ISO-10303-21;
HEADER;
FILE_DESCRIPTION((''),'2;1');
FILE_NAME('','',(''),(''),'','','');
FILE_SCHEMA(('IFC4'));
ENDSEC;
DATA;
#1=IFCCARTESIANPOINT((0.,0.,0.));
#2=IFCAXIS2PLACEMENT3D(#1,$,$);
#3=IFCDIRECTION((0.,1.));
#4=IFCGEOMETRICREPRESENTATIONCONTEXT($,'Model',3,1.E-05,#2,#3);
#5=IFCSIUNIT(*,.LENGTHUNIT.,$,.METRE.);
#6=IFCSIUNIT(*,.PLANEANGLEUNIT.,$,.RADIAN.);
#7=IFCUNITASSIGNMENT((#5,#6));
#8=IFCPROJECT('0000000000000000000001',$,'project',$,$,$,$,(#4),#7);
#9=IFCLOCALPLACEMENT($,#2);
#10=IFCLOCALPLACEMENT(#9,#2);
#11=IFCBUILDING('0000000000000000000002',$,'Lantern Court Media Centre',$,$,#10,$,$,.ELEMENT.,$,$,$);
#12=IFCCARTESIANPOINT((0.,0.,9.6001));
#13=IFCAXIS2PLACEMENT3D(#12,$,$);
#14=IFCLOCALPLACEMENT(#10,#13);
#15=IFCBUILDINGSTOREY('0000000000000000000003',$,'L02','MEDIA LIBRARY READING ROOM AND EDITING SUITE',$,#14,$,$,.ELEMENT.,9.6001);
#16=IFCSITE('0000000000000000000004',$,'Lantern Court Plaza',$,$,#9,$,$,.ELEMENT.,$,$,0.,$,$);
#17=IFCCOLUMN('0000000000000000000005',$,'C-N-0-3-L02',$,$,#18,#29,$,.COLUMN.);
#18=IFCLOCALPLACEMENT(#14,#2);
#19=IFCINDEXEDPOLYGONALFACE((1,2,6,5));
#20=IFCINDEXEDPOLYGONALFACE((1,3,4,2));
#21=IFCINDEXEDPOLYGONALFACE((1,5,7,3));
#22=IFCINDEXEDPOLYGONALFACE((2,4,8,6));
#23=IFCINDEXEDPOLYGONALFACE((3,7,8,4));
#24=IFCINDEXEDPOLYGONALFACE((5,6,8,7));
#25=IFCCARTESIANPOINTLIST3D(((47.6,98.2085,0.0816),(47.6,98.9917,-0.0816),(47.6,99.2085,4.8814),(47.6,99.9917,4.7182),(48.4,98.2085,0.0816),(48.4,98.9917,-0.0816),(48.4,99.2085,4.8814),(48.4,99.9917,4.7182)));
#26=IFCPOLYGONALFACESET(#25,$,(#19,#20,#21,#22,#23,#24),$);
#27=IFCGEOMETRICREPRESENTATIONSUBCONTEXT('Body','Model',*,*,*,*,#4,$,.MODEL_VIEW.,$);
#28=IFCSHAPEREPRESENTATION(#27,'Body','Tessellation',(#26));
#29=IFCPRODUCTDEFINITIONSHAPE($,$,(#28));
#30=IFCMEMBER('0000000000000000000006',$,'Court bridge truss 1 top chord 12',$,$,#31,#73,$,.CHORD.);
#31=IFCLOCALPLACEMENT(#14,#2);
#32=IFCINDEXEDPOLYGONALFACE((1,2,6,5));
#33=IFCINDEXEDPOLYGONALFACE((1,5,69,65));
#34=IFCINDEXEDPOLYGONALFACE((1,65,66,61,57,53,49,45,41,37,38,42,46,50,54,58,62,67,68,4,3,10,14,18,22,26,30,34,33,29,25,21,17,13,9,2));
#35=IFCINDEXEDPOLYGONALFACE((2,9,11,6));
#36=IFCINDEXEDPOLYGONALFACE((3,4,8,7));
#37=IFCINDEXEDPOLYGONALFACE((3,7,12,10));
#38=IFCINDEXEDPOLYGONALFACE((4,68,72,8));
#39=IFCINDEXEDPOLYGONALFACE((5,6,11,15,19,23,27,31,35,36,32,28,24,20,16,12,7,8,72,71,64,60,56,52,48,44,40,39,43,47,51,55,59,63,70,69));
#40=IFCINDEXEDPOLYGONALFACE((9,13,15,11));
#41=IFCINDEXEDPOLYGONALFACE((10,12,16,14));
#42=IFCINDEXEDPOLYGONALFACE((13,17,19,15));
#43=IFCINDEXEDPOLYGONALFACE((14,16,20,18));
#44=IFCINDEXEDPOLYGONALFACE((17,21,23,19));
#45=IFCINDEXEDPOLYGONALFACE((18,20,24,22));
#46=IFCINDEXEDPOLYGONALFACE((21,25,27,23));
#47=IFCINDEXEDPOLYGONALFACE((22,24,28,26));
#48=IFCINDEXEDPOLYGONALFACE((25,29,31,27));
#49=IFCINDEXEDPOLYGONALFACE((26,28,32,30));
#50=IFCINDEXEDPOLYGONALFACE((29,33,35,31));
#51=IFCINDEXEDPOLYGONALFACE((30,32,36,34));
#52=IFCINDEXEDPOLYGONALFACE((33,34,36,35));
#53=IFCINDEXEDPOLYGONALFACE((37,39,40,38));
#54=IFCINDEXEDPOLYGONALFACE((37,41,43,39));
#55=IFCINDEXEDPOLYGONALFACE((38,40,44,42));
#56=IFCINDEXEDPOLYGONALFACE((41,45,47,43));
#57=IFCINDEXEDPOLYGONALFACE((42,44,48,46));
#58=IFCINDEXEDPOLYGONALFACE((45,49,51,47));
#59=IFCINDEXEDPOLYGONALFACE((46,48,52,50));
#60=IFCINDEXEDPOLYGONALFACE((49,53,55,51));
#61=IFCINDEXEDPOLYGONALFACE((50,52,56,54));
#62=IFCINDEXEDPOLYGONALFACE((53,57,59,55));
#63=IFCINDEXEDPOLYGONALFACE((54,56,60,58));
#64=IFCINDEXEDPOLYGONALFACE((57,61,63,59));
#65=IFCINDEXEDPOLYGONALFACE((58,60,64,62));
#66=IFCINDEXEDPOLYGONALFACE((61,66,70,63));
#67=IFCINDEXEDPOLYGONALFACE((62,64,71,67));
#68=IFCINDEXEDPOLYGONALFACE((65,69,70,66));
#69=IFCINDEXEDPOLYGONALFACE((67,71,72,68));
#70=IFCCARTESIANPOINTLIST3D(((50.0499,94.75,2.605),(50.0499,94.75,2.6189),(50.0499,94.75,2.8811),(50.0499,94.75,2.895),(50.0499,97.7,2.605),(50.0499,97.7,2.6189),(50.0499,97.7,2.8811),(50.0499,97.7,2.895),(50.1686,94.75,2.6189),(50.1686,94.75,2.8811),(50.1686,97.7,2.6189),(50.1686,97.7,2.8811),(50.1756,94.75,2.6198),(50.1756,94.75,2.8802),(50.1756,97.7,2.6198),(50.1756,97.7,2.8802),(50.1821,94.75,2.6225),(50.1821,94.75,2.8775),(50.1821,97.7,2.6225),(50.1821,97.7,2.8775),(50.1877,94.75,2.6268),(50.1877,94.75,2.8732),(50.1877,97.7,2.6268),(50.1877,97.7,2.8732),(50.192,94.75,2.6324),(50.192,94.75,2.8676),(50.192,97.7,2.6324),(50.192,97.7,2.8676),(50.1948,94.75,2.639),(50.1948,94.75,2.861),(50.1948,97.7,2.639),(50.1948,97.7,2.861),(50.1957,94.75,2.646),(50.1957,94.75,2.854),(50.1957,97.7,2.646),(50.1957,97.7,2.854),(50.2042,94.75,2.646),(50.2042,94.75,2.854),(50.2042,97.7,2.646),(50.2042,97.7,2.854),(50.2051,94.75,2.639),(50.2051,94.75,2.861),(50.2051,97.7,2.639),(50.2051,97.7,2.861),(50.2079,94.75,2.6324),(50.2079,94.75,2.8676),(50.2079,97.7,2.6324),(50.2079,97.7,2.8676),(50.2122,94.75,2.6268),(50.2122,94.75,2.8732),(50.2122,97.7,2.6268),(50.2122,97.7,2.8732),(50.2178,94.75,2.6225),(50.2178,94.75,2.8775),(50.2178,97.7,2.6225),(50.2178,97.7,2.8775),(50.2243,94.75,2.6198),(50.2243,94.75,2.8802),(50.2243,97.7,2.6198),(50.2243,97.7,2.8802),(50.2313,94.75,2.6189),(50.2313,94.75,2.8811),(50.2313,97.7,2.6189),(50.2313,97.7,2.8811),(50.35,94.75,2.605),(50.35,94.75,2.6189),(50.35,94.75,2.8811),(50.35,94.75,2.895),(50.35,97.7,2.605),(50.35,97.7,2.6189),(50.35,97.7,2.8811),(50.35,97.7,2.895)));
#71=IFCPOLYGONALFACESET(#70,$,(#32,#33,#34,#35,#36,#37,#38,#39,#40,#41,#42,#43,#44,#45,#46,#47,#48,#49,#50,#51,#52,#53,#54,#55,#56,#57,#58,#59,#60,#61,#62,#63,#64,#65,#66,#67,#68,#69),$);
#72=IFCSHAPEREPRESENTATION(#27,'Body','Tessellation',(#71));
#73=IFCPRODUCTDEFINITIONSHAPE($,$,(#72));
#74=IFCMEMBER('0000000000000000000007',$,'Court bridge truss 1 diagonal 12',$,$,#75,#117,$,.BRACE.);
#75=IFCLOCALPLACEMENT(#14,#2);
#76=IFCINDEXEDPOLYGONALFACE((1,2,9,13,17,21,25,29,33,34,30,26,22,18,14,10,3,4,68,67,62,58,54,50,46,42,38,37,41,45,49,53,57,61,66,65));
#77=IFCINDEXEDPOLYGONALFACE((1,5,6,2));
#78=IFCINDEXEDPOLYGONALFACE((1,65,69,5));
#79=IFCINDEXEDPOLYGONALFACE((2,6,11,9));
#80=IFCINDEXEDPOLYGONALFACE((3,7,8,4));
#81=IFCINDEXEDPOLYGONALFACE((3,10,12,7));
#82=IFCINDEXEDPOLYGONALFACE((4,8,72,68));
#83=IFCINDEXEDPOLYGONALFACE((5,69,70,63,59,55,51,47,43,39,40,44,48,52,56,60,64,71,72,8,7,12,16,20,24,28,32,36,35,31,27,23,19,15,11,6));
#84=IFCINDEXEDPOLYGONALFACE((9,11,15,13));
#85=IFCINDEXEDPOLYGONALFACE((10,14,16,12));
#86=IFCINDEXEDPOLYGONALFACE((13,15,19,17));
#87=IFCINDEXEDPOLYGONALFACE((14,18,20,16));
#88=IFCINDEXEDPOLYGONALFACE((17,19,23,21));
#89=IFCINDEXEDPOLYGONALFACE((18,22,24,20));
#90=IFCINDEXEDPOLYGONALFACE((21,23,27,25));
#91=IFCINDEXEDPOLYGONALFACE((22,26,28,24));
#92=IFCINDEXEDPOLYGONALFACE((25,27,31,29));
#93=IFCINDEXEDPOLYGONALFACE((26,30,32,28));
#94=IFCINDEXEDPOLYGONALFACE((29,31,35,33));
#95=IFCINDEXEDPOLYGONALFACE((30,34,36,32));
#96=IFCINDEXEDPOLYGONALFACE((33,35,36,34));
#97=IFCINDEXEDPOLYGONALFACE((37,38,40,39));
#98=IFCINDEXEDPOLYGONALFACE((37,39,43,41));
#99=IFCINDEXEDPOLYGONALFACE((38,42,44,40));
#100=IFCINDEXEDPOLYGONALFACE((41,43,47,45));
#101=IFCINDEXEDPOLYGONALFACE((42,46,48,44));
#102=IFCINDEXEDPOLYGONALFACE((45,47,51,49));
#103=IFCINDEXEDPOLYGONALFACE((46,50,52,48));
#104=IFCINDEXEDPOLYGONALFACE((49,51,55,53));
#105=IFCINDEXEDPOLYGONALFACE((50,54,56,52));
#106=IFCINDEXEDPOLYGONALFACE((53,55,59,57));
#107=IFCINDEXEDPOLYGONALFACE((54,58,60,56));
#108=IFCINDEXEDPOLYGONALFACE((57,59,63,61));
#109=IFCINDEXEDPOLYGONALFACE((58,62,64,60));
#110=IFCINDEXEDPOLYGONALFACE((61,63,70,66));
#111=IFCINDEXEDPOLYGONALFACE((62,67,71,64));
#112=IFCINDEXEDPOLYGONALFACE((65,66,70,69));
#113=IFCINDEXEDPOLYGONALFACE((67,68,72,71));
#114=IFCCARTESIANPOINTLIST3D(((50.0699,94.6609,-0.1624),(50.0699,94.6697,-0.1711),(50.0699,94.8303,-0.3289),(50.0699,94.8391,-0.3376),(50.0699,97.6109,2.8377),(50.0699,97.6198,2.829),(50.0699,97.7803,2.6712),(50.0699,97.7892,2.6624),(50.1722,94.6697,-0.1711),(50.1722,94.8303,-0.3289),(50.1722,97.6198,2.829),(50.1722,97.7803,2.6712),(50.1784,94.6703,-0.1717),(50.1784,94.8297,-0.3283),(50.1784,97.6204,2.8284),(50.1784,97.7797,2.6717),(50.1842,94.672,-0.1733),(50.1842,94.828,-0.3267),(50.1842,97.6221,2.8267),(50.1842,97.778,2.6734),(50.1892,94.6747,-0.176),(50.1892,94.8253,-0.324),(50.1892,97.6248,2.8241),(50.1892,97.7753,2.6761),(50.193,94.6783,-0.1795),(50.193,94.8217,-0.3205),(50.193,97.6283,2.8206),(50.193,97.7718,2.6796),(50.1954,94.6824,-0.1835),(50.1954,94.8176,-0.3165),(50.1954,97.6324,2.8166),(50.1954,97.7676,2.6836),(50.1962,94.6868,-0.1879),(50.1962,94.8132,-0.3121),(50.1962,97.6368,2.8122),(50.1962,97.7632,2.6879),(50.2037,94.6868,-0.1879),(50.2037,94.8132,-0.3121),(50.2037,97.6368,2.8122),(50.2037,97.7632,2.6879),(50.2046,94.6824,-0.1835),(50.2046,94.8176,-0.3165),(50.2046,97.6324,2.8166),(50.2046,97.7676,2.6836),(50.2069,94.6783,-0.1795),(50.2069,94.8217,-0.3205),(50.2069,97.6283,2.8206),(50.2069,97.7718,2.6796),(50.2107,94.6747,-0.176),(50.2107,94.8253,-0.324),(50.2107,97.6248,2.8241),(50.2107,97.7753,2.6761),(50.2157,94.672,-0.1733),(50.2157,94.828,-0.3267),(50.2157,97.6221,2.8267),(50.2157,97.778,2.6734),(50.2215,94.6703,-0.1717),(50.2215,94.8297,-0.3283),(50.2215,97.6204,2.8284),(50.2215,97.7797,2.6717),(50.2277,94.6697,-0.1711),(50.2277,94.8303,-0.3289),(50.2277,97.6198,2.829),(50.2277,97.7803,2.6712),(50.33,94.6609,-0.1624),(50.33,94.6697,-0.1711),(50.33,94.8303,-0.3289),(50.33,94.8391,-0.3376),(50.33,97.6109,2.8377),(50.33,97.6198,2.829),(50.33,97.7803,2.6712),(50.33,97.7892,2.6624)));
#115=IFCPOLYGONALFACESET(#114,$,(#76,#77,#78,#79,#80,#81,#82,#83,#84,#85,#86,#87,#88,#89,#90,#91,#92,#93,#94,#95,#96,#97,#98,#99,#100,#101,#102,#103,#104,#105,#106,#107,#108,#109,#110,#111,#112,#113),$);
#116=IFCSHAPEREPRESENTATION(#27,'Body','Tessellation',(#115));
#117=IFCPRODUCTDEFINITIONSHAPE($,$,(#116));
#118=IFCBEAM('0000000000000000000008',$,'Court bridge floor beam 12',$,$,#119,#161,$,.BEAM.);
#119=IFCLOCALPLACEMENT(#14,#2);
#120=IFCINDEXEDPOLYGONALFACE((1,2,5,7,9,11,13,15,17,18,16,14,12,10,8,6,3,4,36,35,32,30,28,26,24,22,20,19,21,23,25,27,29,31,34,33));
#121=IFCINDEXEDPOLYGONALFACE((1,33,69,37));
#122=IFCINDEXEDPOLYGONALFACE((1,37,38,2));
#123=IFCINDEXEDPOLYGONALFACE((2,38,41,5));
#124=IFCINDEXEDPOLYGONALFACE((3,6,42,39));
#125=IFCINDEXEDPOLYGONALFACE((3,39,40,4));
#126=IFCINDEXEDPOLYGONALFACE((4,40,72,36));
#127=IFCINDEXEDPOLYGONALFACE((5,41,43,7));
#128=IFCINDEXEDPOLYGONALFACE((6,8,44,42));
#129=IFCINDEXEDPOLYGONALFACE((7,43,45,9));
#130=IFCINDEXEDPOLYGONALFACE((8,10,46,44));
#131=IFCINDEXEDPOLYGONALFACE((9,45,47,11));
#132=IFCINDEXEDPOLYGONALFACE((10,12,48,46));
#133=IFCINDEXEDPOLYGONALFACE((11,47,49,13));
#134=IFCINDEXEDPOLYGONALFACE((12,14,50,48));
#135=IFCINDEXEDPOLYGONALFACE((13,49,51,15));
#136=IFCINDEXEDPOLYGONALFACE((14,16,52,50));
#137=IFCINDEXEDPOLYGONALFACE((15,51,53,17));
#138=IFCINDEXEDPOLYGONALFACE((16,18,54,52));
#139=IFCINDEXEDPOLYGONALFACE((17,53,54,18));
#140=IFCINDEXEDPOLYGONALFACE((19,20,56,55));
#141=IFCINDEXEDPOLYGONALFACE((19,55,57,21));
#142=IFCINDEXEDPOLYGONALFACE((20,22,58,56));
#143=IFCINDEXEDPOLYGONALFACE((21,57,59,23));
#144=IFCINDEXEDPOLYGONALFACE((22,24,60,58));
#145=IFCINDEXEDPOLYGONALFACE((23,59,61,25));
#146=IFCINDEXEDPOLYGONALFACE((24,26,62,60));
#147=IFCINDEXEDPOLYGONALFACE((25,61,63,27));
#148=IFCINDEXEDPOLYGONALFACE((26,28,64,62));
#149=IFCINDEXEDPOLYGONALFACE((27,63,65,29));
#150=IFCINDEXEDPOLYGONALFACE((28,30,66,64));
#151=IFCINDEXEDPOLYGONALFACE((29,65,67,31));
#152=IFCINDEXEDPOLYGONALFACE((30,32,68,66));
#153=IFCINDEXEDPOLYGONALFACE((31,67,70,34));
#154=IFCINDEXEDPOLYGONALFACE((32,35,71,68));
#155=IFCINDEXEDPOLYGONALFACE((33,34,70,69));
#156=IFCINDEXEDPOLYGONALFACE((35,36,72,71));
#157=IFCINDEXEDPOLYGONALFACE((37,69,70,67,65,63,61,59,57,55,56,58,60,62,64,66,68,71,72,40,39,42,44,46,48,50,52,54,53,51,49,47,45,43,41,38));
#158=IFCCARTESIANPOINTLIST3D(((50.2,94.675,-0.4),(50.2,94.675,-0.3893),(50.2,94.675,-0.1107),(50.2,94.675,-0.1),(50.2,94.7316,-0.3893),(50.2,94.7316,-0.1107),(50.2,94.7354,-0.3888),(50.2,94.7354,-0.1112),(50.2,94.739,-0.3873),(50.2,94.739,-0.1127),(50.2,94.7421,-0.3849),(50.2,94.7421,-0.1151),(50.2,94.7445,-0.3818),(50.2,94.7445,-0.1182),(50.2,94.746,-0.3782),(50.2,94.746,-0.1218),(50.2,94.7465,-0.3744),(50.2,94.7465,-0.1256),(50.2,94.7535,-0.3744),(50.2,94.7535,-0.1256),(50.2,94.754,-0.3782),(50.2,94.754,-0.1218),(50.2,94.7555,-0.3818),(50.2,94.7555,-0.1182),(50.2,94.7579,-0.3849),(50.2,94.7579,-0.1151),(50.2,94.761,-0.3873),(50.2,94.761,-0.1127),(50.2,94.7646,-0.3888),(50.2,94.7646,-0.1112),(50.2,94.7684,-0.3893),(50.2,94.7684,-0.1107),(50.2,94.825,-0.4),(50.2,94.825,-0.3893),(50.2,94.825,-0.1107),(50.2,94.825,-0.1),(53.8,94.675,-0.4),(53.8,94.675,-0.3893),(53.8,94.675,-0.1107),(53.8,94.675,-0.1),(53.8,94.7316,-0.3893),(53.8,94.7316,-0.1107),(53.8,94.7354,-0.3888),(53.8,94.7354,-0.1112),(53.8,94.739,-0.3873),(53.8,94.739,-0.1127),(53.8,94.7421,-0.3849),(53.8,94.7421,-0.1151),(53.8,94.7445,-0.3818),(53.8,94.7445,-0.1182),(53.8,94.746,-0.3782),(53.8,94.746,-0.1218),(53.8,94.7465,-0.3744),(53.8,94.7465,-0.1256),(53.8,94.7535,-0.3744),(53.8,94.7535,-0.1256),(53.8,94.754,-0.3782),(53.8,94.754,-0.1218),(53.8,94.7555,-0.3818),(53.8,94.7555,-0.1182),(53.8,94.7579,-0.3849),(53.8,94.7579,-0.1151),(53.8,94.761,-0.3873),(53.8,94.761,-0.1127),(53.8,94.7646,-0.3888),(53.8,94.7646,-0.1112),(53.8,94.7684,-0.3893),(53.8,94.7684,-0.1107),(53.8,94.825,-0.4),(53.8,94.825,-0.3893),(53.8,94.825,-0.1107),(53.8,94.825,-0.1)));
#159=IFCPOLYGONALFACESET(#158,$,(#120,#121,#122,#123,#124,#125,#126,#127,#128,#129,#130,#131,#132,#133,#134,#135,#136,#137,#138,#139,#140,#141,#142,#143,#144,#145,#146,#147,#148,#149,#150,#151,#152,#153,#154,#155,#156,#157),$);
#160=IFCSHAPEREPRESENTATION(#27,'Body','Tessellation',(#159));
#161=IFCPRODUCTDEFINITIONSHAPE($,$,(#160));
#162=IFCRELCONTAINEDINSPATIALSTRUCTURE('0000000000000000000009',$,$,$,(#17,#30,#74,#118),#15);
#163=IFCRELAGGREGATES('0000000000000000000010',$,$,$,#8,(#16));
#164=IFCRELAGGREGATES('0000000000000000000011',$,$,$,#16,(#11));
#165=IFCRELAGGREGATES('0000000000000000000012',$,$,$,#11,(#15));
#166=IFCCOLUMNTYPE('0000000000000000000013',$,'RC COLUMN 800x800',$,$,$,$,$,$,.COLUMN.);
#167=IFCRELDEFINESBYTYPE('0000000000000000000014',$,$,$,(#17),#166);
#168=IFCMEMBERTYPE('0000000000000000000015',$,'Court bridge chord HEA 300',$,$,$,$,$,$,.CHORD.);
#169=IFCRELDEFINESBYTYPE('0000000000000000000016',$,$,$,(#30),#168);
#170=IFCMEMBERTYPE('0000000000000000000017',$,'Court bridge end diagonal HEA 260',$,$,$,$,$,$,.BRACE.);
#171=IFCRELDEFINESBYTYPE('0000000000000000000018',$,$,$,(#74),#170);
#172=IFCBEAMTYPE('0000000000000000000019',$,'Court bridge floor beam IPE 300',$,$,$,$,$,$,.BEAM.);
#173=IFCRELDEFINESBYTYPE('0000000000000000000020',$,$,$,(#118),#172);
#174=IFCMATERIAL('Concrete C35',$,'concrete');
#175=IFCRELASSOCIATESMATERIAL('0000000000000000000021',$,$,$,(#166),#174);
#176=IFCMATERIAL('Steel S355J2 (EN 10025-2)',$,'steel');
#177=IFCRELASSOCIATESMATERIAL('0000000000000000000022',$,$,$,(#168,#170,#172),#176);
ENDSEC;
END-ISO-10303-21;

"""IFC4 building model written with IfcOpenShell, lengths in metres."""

from ifc_helpers import new_model, si_unit, direction, frame, origin, origin_2d, place, context, subcontext, project, spatial, rectangle, i_section, extrude, material, material_profile, profile_set, type_object, element, save


model = new_model("IFC4")

# Units and contexts
model_context = context("Model", 3, precision=1e-05, world=origin(), true_north=direction((0.0, 1.0)))
body_context = subcontext(model_context, "Body", "Model", "MODEL_VIEW")
ifc_project = project(units=[si_unit("LENGTHUNIT", "METRE"), si_unit("PLANEANGLEUNIT", "RADIAN")], contexts=[model_context])

# Site, building, storey
site_placement = place(None, origin())
site = spatial("IfcSite", under=ifc_project, at=site_placement, Name="Lantern Court Plaza", CompositionType="ELEMENT", RefElevation=0.0)
building_placement = place(site_placement, origin())
building = spatial("IfcBuilding", under=site, at=building_placement, Name="Lantern Court Media Centre", CompositionType="ELEMENT")
storey_placement = place(building_placement, frame((0.0, 0.0, 9.6001)))
storey = spatial("IfcBuildingStorey", under=building, at=storey_placement, Name="L02", Description="MEDIA LIBRARY READING ROOM AND EDITING SUITE", CompositionType="ELEMENT", Elevation=9.6001)

# Column
ifc_material_1 = material(Name="Concrete C35", Category="concrete")
ifc_material_profile_1 = material_profile(ifc_material_1, rectangle(XDim=0.8, YDim=0.8, at=origin_2d()), Name="RC 800x800")
ifc_profile_set_1 = profile_set([ifc_material_profile_1], Name="Concrete C35")
column_type = type_object("IfcColumnType", Name="RC COLUMN 800x800", PredefinedType="COLUMN", material=ifc_profile_set_1)
column_placement = place(storey_placement, frame((48.0, 98.6001, 0.0), z_axis=(0.0, 0.203962, 0.978979), x_axis=(-1.0, 0.0, 0.0)))
element("IfcColumn", 1, at=column_placement, inside=storey, type_object=column_type, Name="C-N-0-3-L02", PredefinedType="COLUMN", context=body_context, shape_type="SweptSolid", body=[
    extrude(rectangle(XDim=0.8, YDim=0.8, at=origin_2d()), origin(), (0.0, 0.0, 1.0), 4.9028),
])

# Members
ifc_material_2 = material(Name="Steel S355J2 (EN 10025-2)", Category="steel")
ifc_material_profile_2 = material_profile(ifc_material_2, i_section(OverallWidth=0.3, OverallDepth=0.29, WebThickness=0.0085, FlangeThickness=0.0139, FilletRadius=0.0271, at=origin_2d()), Name="HEA 300")
ifc_profile_set_2 = profile_set([ifc_material_profile_2], Name="Steel S355J2 (EN 10025-2)")
member_type_1 = type_object("IfcMemberType", Name="Court bridge chord HEA 300", PredefinedType="CHORD", material=ifc_profile_set_2)
member_1_placement = place(storey_placement, frame((50.2, 94.75, 2.75), z_axis=(0.0, 1.0, 0.0), x_axis=(-1.0, 0.0, 0.0)))
element("IfcMember", 2, at=member_1_placement, inside=storey, type_object=member_type_1, Name="Court bridge truss 1 top chord 12", PredefinedType="CHORD", context=body_context, shape_type="SweptSolid", body=[
    extrude(i_section(OverallWidth=0.3, OverallDepth=0.29, WebThickness=0.0085, FlangeThickness=0.0139, FilletRadius=0.0271, at=origin_2d()), origin(), (0.0, 0.0, 1.0), 2.95),
])
ifc_material_profile_3 = material_profile(ifc_material_2, i_section(OverallWidth=0.26, OverallDepth=0.25, WebThickness=0.0076, FlangeThickness=0.0125, FilletRadius=0.0239, at=origin_2d()), Name="HEA 260")
ifc_profile_set_3 = profile_set([ifc_material_profile_3], Name="Steel S355J2 (EN 10025-2)")
member_type_2 = type_object("IfcMemberType", Name="Court bridge end diagonal HEA 260", PredefinedType="BRACE", material=ifc_profile_set_3)
member_2_placement = place(storey_placement, frame((50.2, 94.75, -0.25), z_axis=(0.0, 0.701134, 0.713029), x_axis=(-1.0, 0.0, 0.0)))
element("IfcMember", 3, at=member_2_placement, inside=storey, type_object=member_type_2, Name="Court bridge truss 1 diagonal 12", PredefinedType="BRACE", context=body_context, shape_type="SweptSolid", body=[
    extrude(i_section(OverallWidth=0.26, OverallDepth=0.25, WebThickness=0.0076, FlangeThickness=0.0125, FilletRadius=0.0239, at=origin_2d()), origin(), (0.0, 0.0, 1.0), 4.2075),
])

# Beam
ifc_material_profile_4 = material_profile(ifc_material_2, i_section(OverallWidth=0.1499, OverallDepth=0.3, WebThickness=0.0071, FlangeThickness=0.0107, FilletRadius=0.0149, at=origin_2d()), Name="IPE 300")
ifc_profile_set_4 = profile_set([ifc_material_profile_4], Name="Steel S355J2 (EN 10025-2)")
beam_type_1 = type_object("IfcBeamType", Name="Court bridge floor beam IPE 300", PredefinedType="BEAM", material=ifc_profile_set_4)
beam_1_placement = place(storey_placement, frame((50.2, 94.75, -0.25), z_axis=(1.0, 0.0, 0.0), x_axis=(0.0, 1.0, 0.0)))
element("IfcBeam", 4, at=beam_1_placement, inside=storey, type_object=beam_type_1, Name="Court bridge floor beam 12", PredefinedType="BEAM", context=body_context, shape_type="SweptSolid", body=[
    extrude(i_section(OverallWidth=0.1499, OverallDepth=0.3, WebThickness=0.0071, FlangeThickness=0.0107, FilletRadius=0.0149, at=origin_2d()), origin(), (0.0, 0.0, 1.0), 3.6001),
])

save(model, "model.ifc")
